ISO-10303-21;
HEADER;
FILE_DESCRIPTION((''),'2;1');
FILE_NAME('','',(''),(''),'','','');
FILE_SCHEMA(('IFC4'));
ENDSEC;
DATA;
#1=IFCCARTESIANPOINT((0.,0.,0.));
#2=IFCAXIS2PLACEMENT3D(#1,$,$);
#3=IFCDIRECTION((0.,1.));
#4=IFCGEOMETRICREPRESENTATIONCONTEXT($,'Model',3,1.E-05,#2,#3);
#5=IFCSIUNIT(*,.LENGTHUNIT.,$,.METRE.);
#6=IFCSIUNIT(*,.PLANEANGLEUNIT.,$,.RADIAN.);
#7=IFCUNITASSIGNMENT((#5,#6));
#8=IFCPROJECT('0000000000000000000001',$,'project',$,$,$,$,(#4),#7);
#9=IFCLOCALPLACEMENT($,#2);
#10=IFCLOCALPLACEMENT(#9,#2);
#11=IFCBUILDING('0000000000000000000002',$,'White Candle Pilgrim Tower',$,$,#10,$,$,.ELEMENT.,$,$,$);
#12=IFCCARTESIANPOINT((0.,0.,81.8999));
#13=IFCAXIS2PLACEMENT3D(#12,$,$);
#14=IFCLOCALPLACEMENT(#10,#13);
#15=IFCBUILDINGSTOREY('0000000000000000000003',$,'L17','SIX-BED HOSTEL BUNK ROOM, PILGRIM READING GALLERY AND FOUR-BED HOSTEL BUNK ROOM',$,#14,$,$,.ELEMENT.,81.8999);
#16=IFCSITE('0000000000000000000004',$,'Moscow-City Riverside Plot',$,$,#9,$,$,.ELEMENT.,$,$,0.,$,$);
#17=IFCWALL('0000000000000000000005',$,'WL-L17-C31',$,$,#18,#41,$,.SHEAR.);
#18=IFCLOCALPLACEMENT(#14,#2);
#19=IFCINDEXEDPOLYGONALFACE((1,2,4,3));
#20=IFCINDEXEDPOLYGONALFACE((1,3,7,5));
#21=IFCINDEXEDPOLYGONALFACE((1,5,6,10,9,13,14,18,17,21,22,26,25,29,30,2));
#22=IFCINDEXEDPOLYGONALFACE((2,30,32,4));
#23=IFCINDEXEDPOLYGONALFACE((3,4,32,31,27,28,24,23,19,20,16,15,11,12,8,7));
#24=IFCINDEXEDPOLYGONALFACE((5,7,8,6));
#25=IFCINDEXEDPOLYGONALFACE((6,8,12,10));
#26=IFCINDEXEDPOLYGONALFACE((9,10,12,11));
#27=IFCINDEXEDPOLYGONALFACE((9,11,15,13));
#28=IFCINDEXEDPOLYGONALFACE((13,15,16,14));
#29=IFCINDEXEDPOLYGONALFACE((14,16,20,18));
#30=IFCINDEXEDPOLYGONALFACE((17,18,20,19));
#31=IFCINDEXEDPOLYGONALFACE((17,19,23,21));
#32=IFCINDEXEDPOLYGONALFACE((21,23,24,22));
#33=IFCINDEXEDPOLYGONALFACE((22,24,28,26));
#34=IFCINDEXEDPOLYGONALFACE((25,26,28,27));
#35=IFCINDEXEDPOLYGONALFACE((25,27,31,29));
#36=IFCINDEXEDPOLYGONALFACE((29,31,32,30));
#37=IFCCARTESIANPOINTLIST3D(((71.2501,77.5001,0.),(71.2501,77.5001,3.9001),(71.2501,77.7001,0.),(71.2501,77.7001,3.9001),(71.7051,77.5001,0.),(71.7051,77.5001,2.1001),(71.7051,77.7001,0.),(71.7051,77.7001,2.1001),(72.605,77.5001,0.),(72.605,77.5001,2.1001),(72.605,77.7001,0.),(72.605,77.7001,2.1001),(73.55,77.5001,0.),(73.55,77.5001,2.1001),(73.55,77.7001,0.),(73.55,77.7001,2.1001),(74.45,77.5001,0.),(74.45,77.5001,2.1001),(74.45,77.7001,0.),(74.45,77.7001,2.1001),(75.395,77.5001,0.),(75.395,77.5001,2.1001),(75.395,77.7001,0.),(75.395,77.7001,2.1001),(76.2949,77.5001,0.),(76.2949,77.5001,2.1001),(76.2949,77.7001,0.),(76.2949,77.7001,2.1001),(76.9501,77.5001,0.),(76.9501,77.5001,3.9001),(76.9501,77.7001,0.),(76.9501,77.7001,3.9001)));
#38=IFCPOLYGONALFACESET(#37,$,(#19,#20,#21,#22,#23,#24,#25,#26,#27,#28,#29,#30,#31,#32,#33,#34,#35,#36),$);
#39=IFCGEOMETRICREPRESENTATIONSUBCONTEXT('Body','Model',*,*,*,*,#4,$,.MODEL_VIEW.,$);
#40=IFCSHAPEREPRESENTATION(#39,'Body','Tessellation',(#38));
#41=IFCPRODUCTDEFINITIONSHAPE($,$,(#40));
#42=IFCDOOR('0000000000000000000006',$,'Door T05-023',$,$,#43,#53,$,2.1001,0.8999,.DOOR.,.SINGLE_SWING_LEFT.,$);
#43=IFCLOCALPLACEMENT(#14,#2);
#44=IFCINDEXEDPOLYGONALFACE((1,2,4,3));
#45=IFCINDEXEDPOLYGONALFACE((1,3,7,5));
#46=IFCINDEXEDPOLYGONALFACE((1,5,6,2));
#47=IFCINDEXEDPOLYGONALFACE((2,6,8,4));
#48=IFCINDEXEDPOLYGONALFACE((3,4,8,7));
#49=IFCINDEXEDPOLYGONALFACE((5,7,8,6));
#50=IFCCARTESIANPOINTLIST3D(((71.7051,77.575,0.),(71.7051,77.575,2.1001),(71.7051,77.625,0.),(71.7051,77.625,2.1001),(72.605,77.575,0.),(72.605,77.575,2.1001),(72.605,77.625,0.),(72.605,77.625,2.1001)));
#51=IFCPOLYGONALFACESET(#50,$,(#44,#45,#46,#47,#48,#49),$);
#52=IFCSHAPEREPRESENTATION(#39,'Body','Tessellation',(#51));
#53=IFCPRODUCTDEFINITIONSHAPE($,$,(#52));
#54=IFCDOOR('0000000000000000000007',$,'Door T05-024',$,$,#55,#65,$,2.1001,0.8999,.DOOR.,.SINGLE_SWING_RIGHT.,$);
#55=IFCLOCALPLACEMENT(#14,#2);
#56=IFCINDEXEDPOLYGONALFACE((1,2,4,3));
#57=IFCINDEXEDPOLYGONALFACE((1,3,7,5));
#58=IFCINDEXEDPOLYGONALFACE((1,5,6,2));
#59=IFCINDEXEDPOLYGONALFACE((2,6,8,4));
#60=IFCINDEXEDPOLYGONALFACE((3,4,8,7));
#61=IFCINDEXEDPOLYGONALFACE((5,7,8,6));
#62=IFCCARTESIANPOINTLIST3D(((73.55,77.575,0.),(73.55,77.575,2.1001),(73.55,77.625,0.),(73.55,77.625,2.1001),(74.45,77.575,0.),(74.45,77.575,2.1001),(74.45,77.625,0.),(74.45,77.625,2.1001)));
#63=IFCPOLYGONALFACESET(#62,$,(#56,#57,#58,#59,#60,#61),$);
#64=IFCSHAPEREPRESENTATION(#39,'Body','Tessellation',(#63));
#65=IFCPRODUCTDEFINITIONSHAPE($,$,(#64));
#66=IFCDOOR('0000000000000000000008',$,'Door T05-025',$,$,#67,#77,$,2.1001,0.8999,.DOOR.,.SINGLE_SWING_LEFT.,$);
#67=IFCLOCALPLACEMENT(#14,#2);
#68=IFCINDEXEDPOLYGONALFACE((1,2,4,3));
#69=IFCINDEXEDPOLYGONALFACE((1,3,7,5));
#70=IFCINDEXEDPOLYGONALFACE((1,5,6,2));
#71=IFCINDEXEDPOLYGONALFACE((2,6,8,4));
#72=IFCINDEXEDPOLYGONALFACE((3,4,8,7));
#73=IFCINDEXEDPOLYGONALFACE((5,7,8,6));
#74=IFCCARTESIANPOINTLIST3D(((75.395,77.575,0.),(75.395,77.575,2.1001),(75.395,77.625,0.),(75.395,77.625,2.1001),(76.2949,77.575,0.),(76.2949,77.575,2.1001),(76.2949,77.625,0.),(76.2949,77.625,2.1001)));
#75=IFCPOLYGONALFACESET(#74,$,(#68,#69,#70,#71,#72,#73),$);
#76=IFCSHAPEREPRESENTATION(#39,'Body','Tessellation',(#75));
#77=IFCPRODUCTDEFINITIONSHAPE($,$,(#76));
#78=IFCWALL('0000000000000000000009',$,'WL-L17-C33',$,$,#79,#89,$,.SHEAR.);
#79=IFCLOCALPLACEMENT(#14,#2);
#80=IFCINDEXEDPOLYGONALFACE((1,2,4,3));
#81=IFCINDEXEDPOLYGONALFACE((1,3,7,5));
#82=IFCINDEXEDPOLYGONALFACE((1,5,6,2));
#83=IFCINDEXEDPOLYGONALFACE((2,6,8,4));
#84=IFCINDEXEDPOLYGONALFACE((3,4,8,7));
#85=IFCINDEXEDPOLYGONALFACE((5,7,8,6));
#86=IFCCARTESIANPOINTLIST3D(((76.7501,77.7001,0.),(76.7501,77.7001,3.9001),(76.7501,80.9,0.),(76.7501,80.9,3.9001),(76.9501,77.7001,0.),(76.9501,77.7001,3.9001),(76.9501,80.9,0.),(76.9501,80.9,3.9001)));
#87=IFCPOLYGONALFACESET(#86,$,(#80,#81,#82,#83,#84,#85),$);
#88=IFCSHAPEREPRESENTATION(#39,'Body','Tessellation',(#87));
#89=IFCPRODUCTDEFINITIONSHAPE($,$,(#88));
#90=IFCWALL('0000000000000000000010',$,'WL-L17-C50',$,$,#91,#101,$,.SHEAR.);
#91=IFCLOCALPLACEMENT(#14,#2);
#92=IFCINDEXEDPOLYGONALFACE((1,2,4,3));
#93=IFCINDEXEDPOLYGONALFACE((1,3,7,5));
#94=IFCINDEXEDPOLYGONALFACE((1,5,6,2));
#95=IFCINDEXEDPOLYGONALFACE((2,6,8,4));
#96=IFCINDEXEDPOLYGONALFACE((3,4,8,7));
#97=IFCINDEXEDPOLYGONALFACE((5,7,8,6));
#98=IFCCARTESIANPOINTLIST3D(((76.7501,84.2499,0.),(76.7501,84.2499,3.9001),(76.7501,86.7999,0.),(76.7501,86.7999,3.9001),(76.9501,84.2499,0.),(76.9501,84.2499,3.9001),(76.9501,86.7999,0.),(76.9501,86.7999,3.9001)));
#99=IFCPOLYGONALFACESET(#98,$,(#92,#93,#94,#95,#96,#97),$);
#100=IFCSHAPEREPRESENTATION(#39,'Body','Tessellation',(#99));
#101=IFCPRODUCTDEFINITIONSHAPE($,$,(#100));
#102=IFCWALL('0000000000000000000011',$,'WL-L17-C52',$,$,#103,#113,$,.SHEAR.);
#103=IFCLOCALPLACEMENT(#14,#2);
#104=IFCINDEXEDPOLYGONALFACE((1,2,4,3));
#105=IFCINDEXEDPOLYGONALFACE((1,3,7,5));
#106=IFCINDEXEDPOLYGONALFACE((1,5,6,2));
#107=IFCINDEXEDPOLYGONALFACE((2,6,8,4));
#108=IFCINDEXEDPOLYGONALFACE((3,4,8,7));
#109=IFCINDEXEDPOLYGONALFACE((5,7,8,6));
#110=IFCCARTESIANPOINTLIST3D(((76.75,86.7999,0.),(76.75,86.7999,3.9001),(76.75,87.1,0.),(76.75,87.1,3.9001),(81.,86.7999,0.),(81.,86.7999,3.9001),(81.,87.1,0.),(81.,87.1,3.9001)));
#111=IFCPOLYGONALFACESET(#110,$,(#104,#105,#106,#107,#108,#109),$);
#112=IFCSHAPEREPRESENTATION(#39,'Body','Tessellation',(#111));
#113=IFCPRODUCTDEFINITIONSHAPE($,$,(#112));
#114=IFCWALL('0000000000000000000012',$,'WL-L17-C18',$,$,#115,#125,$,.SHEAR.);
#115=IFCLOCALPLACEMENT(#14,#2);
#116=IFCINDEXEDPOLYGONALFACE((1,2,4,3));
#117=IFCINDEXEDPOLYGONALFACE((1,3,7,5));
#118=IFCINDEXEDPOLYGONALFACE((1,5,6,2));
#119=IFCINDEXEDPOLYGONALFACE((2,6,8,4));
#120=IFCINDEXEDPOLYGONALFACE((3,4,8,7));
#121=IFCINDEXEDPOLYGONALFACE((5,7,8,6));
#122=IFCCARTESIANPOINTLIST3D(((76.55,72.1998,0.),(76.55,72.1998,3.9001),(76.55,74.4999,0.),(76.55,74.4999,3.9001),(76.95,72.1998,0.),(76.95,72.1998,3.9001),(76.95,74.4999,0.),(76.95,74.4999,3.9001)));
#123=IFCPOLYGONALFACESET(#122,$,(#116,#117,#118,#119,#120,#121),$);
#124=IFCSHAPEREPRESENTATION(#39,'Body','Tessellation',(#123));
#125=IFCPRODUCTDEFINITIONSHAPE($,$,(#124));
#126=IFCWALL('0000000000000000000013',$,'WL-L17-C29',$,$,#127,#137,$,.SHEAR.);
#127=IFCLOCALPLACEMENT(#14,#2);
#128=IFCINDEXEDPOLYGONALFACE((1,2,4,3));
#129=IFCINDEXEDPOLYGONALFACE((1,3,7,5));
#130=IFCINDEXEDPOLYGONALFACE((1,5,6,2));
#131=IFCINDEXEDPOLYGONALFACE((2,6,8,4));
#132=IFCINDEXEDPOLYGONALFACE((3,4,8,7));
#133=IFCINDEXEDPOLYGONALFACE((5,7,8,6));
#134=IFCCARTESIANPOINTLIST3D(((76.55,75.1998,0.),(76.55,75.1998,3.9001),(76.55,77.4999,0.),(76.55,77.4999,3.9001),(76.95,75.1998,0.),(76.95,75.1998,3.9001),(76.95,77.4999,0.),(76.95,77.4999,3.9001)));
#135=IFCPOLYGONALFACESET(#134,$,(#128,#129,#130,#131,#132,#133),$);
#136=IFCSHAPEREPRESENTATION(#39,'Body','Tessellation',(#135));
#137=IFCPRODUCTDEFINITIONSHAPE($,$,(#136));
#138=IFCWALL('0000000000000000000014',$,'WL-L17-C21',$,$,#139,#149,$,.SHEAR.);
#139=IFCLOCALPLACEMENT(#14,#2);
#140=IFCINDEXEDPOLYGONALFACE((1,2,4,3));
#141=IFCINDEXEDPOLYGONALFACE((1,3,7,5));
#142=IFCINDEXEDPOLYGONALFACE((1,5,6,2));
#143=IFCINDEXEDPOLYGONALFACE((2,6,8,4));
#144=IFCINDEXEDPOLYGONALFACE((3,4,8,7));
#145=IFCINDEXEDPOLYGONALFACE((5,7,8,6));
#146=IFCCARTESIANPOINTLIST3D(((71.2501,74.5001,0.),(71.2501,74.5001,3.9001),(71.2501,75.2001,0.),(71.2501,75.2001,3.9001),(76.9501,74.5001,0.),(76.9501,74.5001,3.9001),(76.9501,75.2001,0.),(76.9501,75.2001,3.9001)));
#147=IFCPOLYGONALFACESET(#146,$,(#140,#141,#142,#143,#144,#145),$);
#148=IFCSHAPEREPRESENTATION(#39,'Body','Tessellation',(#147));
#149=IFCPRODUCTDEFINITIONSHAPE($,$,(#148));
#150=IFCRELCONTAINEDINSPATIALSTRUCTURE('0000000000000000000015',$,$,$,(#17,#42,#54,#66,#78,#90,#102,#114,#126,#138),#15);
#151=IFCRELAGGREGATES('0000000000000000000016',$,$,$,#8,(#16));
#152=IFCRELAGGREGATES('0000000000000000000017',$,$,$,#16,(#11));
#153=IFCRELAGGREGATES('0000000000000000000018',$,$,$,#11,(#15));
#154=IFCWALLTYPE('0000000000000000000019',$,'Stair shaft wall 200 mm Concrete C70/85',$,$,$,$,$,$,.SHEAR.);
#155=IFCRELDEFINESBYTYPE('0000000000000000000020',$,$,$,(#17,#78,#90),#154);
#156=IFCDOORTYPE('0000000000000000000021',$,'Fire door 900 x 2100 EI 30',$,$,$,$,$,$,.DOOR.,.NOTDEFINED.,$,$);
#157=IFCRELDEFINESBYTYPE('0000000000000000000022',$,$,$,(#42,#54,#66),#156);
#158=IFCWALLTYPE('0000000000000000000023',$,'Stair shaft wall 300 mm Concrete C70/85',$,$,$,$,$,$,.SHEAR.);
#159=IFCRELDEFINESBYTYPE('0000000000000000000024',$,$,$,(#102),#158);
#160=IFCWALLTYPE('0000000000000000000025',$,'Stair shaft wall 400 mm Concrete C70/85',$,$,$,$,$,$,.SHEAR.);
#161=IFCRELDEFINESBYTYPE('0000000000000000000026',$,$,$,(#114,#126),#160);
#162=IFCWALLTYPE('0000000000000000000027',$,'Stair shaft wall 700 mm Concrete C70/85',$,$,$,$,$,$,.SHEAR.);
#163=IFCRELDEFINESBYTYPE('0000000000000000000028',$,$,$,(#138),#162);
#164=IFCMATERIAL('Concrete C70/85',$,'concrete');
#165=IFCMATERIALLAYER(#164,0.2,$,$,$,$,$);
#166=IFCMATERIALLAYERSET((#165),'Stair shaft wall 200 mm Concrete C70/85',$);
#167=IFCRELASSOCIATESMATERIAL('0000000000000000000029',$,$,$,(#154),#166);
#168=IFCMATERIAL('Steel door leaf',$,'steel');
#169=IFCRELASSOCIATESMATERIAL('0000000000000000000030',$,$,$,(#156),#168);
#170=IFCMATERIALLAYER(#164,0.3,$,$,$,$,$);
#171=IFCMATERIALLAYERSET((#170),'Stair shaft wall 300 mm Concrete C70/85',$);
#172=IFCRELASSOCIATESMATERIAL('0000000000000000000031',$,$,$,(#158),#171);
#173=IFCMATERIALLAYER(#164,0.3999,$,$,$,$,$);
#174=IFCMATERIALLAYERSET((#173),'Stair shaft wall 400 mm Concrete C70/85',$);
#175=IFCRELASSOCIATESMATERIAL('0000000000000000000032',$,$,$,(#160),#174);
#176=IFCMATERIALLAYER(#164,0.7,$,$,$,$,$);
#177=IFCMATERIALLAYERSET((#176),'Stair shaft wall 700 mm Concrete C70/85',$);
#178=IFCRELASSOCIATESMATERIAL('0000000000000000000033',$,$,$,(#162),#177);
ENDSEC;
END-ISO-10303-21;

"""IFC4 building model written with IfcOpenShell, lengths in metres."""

from ifc_helpers import new_model, si_unit, direction, frame, frame_2d, origin, place, context, subcontext, project, spatial, rectangle, extrude, material, layer, layer_set, type_object, element, fill, save


model = new_model("IFC4")

# Units and contexts
model_context = context("Model", 3, precision=1e-05, world=origin(), true_north=direction((0.0, 1.0)))
body_context = subcontext(model_context, "Body", "Model", "MODEL_VIEW")
ifc_project = project(units=[si_unit("LENGTHUNIT", "METRE"), si_unit("PLANEANGLEUNIT", "RADIAN")], contexts=[model_context])

# Site, building, storey
site_placement = place(None, origin())
site = spatial("IfcSite", under=ifc_project, at=site_placement, Name="Moscow-City Riverside Plot", CompositionType="ELEMENT", RefElevation=0.0)
building_placement = place(site_placement, origin())
building = spatial("IfcBuilding", under=site, at=building_placement, Name="White Candle Pilgrim Tower", CompositionType="ELEMENT")
storey_placement = place(building_placement, frame((0.0, 0.0, 81.8999)))
storey = spatial("IfcBuildingStorey", under=building, at=storey_placement, Name="L17", Description="SIX-BED HOSTEL BUNK ROOM, PILGRIM READING GALLERY AND FOUR-BED HOSTEL BUNK ROOM", CompositionType="ELEMENT", Elevation=81.8999)

# Shared definitions
ifc_material_1 = material(Name="Concrete C70/85", Category="concrete")

# Wall, openings, doors
ifc_layer_1 = layer(ifc_material_1, 0.2)
ifc_layer_set_1 = layer_set([ifc_layer_1], Name="Stair shaft wall 200 mm Concrete C70/85")
wall_type_1 = type_object("IfcWallType", Name="Stair shaft wall 200 mm Concrete C70/85", PredefinedType="SHEAR", material=ifc_layer_set_1)
wall_1_placement = place(storey_placement, frame((71.25, 77.6001, 0.0), z_axis=(0.0, 0.0, 1.0), x_axis=(1.0, 0.0, 0.0)))
wall_1 = element("IfcWall", 1, at=wall_1_placement, inside=storey, type_object=wall_type_1, Name="WL-L17-C31", PredefinedType="SHEAR", context=body_context, shape_type="SweptSolid", body=[
    extrude(rectangle(XDim=5.7, YDim=0.2, at=frame_2d((2.8501, 0.0))), origin(), (0.0, 0.0, 1.0), 3.9001),
])
opening_1_placement = place(wall_1_placement, frame((0.4551, 0.0, 0.0)))
opening_1 = element("IfcOpeningElement", 2, at=opening_1_placement, cuts=wall_1, PredefinedType="OPENING", context=body_context, shape_type="SweptSolid", body=[
    extrude(rectangle(XDim=0.8999, YDim=2.1001, at=frame_2d((0.45, 1.05))), frame((0.0, 0.1099, 0.0), z_axis=(0.0, -1.0, 0.0), x_axis=(1.0, 0.0, 0.0)), (0.0, 0.0, 1.0), 0.22),
])
opening_2_placement = place(wall_1_placement, frame((2.3, 0.0, 0.0)))
opening_2 = element("IfcOpeningElement", 3, at=opening_2_placement, cuts=wall_1, PredefinedType="OPENING", context=body_context, shape_type="SweptSolid", body=[
    extrude(rectangle(XDim=0.8999, YDim=2.1001, at=frame_2d((0.45, 1.05))), frame((0.0, 0.1099, 0.0), z_axis=(0.0, -1.0, 0.0), x_axis=(1.0, 0.0, 0.0)), (0.0, 0.0, 1.0), 0.22),
])
opening_3_placement = place(wall_1_placement, frame((4.145, 0.0, 0.0)))
opening_3 = element("IfcOpeningElement", 4, at=opening_3_placement, cuts=wall_1, PredefinedType="OPENING", context=body_context, shape_type="SweptSolid", body=[
    extrude(rectangle(XDim=0.8999, YDim=2.1001, at=frame_2d((0.45, 1.05))), frame((0.0, 0.1099, 0.0), z_axis=(0.0, -1.0, 0.0), x_axis=(1.0, 0.0, 0.0)), (0.0, 0.0, 1.0), 0.22),
])
ifc_material_2 = material(Name="Steel door leaf", Category="steel")
door_type = type_object("IfcDoorType", Name="Fire door 900 x 2100 EI 30", OperationType="NOTDEFINED", PredefinedType="DOOR", material=ifc_material_2)
door_1_placement = place(opening_1_placement, origin())
door_1 = element("IfcDoor", 5, at=door_1_placement, inside=storey, type_object=door_type, Name="Door T05-023", OperationType="SINGLE_SWING_LEFT", OverallHeight=2.1001, OverallWidth=0.8999, PredefinedType="DOOR", context=body_context, shape_type="SweptSolid", body=[
    extrude(rectangle(XDim=0.8999, YDim=2.1001, at=frame_2d((0.45, 1.05))), frame((0.0, 0.0249, 0.0), z_axis=(0.0, -1.0, 0.0), x_axis=(1.0, 0.0, 0.0)), (0.0, 0.0, 1.0), 0.05),
])
fill(opening_1, door_1)
door_2_placement = place(opening_2_placement, origin())
door_2 = element("IfcDoor", 6, at=door_2_placement, inside=storey, type_object=door_type, Name="Door T05-024", OperationType="SINGLE_SWING_RIGHT", OverallHeight=2.1001, OverallWidth=0.8999, PredefinedType="DOOR", context=body_context, shape_type="SweptSolid", body=[
    extrude(rectangle(XDim=0.8999, YDim=2.1001, at=frame_2d((0.45, 1.05))), frame((0.0, 0.0249, 0.0), z_axis=(0.0, -1.0, 0.0), x_axis=(1.0, 0.0, 0.0)), (0.0, 0.0, 1.0), 0.05),
])
fill(opening_2, door_2)
door_3_placement = place(opening_3_placement, origin())
door_3 = element("IfcDoor", 7, at=door_3_placement, inside=storey, type_object=door_type, Name="Door T05-025", OperationType="SINGLE_SWING_LEFT", OverallHeight=2.1001, OverallWidth=0.8999, PredefinedType="DOOR", context=body_context, shape_type="SweptSolid", body=[
    extrude(rectangle(XDim=0.8999, YDim=2.1001, at=frame_2d((0.45, 1.05))), frame((0.0, 0.0249, 0.0), z_axis=(0.0, -1.0, 0.0), x_axis=(1.0, 0.0, 0.0)), (0.0, 0.0, 1.0), 0.05),
])
fill(opening_3, door_3)

# Walls
wall_2_placement = place(storey_placement, frame((76.8501, 77.7, 0.0), z_axis=(0.0, 0.0, 1.0), x_axis=(0.0, 1.0, 0.0)))
element("IfcWall", 8, at=wall_2_placement, inside=storey, type_object=wall_type_1, Name="WL-L17-C33", PredefinedType="SHEAR", context=body_context, shape_type="SweptSolid", body=[
    extrude(rectangle(XDim=3.2, YDim=0.2, at=frame_2d((1.6001, 0.0))), origin(), (0.0, 0.0, 1.0), 3.9001),
])
wall_3_placement = place(storey_placement, frame((76.8501, 84.25, 0.0), z_axis=(0.0, 0.0, 1.0), x_axis=(0.0, 1.0, 0.0)))
element("IfcWall", 9, at=wall_3_placement, inside=storey, type_object=wall_type_1, Name="WL-L17-C50", PredefinedType="SHEAR", context=body_context, shape_type="SweptSolid", body=[
    extrude(rectangle(XDim=2.55, YDim=0.2, at=frame_2d((1.2749, 0.0))), origin(), (0.0, 0.0, 1.0), 3.9001),
])
ifc_layer_2 = layer(ifc_material_1, 0.3)
ifc_layer_set_2 = layer_set([ifc_layer_2], Name="Stair shaft wall 300 mm Concrete C70/85")
wall_type_2 = type_object("IfcWallType", Name="Stair shaft wall 300 mm Concrete C70/85", PredefinedType="SHEAR", material=ifc_layer_set_2)
wall_4_placement = place(storey_placement, frame((76.75, 86.95, 0.0), z_axis=(0.0, 0.0, 1.0), x_axis=(1.0, 0.0, 0.0)))
element("IfcWall", 10, at=wall_4_placement, inside=storey, type_object=wall_type_2, Name="WL-L17-C52", PredefinedType="SHEAR", context=body_context, shape_type="SweptSolid", body=[
    extrude(rectangle(XDim=4.25, YDim=0.3, at=frame_2d((2.125, 0.0))), origin(), (0.0, 0.0, 1.0), 3.9001),
])
ifc_layer_3 = layer(ifc_material_1, 0.3999)
ifc_layer_set_3 = layer_set([ifc_layer_3], Name="Stair shaft wall 400 mm Concrete C70/85")
wall_type_3 = type_object("IfcWallType", Name="Stair shaft wall 400 mm Concrete C70/85", PredefinedType="SHEAR", material=ifc_layer_set_3)
for number, where, z_axis, x_axis, name in (
    (11, (76.75, 72.2, 0.0), (0.0, 0.0, 1.0), (0.0, 1.0, 0.0), "WL-L17-C18"),
    (12, (76.75, 75.2, 0.0), (0.0, 0.0, 1.0), (0.0, 1.0, 0.0), "WL-L17-C29"),
):
    element("IfcWall", number, at=place(storey_placement, frame(where, z_axis=z_axis, x_axis=x_axis)), inside=storey, type_object=wall_type_3, Name=name, PredefinedType="SHEAR", context=body_context, shape_type="SweptSolid", body=[
        extrude(rectangle(XDim=2.3, YDim=0.3999, at=frame_2d((1.1499, 0.0))), origin(), (0.0, 0.0, 1.0), 3.9001),
    ])
ifc_layer_4 = layer(ifc_material_1, 0.7)
ifc_layer_set_4 = layer_set([ifc_layer_4], Name="Stair shaft wall 700 mm Concrete C70/85")
wall_type_4 = type_object("IfcWallType", Name="Stair shaft wall 700 mm Concrete C70/85", PredefinedType="SHEAR", material=ifc_layer_set_4)
wall_5_placement = place(storey_placement, frame((71.25, 74.8501, 0.0), z_axis=(0.0, 0.0, 1.0), x_axis=(1.0, 0.0, 0.0)))
element("IfcWall", 13, at=wall_5_placement, inside=storey, type_object=wall_type_4, Name="WL-L17-C21", PredefinedType="SHEAR", context=body_context, shape_type="SweptSolid", body=[
    extrude(rectangle(XDim=5.7, YDim=0.7, at=frame_2d((2.8501, 0.0))), origin(), (0.0, 0.0, 1.0), 3.9001),
])

save(model, "model.ifc")
